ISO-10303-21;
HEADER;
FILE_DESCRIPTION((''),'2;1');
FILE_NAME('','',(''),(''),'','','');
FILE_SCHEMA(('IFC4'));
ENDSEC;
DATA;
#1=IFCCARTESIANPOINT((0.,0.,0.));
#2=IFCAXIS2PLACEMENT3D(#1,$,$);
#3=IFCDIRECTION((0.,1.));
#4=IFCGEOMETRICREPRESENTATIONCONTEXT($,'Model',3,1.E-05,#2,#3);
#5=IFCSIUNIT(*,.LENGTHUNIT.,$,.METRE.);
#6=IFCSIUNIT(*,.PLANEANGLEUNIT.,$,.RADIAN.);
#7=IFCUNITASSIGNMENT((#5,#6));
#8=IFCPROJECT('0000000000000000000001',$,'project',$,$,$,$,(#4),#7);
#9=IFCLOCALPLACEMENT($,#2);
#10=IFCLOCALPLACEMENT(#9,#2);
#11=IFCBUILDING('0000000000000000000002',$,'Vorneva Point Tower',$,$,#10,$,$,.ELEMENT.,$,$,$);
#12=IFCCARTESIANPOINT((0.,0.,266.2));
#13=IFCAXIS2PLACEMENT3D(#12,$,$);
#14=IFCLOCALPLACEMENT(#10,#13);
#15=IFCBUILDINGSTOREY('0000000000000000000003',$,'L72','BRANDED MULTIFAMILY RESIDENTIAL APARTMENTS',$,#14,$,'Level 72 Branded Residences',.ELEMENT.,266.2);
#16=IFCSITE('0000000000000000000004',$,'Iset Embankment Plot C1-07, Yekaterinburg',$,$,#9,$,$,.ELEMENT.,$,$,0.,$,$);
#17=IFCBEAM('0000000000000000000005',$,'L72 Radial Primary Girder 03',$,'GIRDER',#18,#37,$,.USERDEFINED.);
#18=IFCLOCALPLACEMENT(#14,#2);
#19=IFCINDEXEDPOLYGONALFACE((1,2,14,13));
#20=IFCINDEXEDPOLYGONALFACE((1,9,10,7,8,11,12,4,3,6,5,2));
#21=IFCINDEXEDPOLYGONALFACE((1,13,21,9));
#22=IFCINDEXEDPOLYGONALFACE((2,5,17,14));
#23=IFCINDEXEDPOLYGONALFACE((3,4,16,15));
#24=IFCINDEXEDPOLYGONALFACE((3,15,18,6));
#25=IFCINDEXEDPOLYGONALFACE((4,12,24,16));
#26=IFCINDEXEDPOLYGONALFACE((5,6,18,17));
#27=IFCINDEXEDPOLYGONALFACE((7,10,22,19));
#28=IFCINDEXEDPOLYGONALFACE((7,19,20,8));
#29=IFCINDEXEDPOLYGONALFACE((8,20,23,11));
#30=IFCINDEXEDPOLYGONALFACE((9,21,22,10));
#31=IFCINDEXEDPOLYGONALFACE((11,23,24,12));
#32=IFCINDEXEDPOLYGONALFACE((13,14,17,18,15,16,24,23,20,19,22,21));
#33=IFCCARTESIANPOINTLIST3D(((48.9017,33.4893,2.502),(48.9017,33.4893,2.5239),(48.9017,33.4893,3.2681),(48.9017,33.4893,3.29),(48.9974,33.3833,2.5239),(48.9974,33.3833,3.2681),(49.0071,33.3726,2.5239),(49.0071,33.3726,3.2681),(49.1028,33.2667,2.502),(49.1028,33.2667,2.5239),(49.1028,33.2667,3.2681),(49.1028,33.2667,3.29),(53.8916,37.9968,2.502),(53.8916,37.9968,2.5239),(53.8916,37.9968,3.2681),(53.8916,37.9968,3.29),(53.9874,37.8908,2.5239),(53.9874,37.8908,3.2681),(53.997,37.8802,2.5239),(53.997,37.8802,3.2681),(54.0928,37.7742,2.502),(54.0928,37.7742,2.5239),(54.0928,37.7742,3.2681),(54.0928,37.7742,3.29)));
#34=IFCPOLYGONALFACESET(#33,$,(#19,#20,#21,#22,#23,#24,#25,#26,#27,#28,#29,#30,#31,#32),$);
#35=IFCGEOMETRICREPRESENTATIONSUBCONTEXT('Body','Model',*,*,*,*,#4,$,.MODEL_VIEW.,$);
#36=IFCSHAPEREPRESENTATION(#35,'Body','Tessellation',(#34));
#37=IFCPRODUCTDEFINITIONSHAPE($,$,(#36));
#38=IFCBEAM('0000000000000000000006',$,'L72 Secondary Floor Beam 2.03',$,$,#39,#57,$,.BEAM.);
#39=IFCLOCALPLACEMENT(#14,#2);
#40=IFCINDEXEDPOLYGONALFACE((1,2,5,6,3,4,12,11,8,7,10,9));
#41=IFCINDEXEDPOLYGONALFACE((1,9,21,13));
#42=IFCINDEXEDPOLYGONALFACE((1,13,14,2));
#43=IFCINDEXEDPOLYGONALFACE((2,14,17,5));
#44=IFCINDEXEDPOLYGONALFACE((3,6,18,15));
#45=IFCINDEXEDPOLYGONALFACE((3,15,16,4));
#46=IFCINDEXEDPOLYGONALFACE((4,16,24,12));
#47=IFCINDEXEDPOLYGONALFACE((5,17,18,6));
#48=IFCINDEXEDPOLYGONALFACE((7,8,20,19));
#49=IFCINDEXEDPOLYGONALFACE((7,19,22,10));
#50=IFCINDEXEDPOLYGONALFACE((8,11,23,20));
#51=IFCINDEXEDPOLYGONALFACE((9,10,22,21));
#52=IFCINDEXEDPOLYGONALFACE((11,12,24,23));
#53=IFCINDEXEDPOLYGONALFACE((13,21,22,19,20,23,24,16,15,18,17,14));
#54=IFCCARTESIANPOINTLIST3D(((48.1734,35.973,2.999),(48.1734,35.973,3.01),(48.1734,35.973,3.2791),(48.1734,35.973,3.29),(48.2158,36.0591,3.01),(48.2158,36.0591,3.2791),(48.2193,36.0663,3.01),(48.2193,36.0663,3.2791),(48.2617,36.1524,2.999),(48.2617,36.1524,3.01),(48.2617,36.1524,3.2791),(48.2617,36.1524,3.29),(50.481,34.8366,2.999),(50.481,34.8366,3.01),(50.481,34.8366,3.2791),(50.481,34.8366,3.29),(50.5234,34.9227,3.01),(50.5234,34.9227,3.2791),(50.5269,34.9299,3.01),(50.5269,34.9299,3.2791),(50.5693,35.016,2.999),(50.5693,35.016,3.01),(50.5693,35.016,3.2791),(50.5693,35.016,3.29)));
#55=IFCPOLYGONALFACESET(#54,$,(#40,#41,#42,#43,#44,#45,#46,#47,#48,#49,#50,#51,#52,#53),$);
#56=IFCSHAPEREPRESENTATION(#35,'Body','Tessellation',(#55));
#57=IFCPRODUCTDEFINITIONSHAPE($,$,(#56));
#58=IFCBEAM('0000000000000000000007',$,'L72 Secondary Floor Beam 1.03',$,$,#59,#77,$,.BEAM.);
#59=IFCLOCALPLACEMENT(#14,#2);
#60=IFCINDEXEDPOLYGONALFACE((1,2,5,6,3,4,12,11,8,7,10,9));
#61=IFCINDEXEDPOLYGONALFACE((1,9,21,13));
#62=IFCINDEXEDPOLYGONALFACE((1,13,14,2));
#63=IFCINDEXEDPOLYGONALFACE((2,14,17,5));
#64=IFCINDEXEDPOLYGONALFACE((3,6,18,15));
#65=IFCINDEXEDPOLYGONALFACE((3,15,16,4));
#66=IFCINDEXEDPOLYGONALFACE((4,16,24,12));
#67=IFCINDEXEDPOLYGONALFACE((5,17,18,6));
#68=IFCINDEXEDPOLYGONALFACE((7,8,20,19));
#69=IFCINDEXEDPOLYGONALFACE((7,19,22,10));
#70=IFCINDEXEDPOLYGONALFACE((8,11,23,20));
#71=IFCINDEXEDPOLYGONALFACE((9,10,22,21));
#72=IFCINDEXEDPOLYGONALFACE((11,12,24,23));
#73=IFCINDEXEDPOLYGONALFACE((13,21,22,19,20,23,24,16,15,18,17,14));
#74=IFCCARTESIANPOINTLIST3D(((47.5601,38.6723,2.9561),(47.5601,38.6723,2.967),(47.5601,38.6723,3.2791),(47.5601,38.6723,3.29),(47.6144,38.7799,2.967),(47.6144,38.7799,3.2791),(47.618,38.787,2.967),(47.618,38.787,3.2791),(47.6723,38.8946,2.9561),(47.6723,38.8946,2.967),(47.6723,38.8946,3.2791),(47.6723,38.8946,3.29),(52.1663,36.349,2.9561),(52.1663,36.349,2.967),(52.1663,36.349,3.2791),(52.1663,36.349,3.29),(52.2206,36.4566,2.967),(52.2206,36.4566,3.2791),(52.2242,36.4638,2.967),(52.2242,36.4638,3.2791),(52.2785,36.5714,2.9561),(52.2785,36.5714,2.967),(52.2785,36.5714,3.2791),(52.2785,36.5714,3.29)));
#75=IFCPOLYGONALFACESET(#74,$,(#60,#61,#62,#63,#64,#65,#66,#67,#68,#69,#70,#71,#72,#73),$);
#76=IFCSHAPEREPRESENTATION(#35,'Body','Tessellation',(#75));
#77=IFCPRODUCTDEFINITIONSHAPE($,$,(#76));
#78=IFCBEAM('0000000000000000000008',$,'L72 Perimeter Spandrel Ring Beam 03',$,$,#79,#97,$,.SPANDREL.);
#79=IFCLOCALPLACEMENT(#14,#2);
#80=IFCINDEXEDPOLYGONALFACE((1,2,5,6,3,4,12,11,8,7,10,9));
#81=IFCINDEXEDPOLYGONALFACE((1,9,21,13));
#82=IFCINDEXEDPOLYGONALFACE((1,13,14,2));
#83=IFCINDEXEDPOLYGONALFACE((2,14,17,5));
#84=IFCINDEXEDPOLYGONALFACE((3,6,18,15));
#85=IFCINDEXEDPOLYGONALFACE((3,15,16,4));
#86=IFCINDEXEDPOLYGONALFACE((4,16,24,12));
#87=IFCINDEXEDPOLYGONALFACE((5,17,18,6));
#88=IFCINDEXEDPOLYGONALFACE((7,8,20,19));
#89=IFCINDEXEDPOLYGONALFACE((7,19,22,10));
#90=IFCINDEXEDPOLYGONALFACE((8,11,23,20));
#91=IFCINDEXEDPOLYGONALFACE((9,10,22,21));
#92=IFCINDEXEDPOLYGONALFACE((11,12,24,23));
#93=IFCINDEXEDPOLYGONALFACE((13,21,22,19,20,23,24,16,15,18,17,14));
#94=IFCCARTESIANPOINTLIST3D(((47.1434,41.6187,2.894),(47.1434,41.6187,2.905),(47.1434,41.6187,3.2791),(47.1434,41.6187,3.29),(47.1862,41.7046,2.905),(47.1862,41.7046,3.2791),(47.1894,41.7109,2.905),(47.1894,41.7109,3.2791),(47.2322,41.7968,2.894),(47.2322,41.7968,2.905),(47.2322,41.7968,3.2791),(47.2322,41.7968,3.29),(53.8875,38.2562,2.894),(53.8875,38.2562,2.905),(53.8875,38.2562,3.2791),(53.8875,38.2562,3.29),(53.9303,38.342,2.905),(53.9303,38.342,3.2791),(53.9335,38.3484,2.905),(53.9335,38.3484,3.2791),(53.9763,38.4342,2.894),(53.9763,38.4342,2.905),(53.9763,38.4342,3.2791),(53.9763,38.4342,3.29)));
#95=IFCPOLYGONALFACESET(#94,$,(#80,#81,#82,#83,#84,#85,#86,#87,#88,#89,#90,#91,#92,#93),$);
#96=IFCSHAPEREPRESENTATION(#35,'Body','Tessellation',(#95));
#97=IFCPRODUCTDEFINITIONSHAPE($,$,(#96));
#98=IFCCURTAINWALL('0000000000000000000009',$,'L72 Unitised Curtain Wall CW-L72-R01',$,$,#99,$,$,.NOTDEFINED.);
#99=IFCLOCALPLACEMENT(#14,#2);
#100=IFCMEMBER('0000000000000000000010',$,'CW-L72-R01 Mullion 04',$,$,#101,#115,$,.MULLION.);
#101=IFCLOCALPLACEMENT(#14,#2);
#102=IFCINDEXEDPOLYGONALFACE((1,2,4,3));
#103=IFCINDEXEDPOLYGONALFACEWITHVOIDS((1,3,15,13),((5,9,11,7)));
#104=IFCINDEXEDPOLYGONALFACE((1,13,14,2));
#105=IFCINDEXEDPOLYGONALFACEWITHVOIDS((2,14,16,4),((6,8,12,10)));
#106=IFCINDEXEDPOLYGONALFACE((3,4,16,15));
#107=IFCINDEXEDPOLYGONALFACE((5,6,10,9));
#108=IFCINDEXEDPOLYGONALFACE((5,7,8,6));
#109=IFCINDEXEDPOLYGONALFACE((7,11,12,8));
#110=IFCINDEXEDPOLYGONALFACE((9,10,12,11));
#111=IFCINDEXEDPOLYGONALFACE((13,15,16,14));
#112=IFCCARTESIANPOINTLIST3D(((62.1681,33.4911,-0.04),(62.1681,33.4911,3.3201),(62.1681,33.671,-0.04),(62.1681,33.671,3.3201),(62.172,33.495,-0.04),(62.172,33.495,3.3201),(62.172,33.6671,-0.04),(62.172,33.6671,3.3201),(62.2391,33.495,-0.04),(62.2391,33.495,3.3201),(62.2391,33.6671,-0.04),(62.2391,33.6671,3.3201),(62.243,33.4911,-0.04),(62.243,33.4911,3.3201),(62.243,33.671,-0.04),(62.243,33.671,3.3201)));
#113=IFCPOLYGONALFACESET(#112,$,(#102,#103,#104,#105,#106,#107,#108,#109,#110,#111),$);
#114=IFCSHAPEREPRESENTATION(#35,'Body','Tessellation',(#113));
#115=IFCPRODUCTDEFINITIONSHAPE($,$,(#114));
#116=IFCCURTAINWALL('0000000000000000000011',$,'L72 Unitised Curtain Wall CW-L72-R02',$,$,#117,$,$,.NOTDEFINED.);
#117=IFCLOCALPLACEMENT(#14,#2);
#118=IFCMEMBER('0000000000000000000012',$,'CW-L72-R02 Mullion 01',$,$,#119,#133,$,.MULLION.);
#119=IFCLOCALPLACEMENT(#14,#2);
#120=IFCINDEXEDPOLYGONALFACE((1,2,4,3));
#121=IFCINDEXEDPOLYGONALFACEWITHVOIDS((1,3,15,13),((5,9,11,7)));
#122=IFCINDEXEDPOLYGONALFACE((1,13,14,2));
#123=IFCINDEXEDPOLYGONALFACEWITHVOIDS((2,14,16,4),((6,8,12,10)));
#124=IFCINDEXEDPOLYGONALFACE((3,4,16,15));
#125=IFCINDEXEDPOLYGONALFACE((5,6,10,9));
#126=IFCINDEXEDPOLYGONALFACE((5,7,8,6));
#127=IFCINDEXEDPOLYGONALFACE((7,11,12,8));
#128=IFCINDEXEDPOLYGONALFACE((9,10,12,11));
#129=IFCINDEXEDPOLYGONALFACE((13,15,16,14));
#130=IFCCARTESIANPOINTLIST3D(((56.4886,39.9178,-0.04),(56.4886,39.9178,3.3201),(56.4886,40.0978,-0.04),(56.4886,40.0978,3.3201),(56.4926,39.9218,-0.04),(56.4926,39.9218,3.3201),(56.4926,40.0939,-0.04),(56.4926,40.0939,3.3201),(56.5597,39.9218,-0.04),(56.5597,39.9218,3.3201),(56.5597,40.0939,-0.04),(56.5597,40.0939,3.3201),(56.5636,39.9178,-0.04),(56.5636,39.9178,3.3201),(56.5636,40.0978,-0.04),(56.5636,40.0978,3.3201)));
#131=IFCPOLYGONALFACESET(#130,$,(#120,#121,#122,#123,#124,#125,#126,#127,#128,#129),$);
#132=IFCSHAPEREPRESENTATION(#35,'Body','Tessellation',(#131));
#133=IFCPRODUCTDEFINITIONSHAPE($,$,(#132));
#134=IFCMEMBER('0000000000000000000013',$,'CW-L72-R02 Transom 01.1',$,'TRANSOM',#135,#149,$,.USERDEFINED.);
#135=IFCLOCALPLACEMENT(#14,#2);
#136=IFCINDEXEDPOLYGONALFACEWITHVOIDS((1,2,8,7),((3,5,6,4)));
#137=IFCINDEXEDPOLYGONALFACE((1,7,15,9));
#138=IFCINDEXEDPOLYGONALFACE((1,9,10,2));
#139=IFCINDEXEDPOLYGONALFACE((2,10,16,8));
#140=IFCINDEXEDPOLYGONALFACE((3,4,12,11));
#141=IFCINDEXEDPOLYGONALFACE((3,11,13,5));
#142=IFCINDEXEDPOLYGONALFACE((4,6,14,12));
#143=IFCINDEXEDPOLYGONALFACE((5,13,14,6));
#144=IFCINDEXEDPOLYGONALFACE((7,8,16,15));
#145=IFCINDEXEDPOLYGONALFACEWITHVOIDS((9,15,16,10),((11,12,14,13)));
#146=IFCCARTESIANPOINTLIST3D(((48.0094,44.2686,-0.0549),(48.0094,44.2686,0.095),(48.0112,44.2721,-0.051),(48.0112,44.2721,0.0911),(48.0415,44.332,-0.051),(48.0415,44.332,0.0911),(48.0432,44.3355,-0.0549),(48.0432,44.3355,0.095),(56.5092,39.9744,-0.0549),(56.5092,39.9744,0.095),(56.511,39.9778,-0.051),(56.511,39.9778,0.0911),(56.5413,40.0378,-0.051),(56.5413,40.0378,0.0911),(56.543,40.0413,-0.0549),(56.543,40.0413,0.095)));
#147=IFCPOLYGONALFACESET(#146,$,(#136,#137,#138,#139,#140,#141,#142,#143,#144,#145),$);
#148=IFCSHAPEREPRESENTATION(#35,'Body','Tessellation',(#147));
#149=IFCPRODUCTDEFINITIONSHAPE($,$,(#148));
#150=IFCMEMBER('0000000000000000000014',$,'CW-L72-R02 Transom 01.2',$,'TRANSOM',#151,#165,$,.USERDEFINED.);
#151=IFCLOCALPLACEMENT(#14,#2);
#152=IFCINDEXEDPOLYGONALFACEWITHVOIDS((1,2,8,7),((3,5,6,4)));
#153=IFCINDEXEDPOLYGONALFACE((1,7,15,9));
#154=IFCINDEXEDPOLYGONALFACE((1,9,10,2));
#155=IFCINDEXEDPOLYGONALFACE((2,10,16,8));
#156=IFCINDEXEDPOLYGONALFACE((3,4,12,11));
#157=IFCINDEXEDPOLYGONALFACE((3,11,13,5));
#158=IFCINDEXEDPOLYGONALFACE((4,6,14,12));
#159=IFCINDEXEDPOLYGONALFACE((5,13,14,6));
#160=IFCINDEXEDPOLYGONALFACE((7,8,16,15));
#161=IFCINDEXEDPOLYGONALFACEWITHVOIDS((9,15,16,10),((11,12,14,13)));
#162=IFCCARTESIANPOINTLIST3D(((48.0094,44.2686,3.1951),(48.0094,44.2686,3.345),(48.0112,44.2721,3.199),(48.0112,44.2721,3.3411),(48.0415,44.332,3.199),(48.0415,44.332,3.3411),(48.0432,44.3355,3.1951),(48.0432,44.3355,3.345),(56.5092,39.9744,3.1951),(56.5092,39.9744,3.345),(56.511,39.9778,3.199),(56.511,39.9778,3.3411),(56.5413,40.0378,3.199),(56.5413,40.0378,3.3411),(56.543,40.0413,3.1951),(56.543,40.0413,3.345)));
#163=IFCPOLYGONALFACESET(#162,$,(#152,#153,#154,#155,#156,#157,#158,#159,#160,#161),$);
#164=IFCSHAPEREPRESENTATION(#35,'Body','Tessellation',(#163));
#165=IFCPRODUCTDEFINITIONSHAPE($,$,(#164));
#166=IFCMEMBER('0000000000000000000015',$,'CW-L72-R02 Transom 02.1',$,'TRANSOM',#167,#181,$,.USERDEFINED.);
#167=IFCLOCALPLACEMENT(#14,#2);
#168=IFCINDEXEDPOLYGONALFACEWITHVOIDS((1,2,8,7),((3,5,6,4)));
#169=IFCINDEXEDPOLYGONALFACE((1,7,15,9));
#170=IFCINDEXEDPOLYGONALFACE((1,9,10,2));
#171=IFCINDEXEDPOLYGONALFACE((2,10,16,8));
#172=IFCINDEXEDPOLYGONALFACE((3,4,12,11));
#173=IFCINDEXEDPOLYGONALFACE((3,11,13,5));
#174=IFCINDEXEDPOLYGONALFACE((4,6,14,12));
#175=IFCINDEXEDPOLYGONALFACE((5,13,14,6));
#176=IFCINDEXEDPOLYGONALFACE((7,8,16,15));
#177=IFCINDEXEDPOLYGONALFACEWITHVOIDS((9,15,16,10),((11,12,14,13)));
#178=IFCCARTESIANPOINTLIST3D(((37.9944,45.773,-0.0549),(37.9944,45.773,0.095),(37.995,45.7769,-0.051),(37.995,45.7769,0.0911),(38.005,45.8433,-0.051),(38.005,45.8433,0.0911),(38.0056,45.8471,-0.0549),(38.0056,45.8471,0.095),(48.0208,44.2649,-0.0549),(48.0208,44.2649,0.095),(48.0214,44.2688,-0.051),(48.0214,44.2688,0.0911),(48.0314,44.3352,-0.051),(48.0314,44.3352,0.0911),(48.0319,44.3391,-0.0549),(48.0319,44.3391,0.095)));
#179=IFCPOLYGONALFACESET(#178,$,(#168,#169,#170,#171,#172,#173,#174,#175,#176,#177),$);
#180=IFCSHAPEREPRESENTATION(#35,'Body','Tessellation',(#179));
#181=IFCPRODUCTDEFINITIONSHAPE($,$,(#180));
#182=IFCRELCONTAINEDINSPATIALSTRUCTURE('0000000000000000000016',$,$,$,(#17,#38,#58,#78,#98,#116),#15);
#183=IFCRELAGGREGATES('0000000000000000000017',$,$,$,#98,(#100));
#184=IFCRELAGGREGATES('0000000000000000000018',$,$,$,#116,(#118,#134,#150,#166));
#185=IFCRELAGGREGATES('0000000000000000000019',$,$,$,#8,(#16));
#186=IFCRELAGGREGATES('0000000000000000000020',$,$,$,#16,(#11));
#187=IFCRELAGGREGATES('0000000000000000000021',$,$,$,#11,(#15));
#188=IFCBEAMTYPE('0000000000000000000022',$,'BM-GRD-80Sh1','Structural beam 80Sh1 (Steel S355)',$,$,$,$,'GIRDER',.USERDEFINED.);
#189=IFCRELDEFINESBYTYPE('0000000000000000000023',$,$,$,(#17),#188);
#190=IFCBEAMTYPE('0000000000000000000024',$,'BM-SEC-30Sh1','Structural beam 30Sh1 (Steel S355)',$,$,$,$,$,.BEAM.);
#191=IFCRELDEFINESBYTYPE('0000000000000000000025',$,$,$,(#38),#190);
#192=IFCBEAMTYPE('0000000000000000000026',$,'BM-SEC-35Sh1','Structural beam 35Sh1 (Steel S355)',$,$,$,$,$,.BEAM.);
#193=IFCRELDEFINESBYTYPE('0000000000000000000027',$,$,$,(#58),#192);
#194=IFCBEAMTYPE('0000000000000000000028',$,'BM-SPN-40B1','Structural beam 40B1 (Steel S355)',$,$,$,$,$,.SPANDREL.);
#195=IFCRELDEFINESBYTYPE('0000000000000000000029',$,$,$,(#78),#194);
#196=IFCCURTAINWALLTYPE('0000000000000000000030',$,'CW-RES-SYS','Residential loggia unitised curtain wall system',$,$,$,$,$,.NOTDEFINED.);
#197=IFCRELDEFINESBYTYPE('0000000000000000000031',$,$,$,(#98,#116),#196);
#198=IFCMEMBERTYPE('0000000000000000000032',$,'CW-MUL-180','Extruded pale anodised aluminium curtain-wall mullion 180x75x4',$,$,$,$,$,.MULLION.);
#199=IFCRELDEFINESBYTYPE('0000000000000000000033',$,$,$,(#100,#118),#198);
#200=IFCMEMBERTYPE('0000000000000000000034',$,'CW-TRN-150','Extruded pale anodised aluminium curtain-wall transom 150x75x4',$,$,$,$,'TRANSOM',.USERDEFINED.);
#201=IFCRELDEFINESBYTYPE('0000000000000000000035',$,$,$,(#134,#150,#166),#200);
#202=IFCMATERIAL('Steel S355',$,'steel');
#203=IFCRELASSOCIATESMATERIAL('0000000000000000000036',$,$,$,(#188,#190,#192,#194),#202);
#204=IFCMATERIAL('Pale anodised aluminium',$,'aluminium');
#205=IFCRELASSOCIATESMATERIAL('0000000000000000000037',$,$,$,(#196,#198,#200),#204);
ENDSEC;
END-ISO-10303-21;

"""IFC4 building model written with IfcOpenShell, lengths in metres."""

from ifc_helpers import new_model, si_unit, direction, frame, origin, origin_2d, place, context, subcontext, project, spatial, hollow_rectangle, i_section, extrude, material, material_profile, profile_set, type_object, element, aggregate, save


model = new_model("IFC4")

# Units and contexts
model_context = context("Model", 3, precision=1e-05, world=origin(), true_north=direction((0.0, 1.0)))
body_context = subcontext(model_context, "Body", "Model", "MODEL_VIEW")
ifc_project = project(units=[si_unit("LENGTHUNIT", "METRE"), si_unit("PLANEANGLEUNIT", "RADIAN")], contexts=[model_context])

# Site, building, storey
site_placement = place(None, origin())
site = spatial("IfcSite", under=ifc_project, at=site_placement, Name="Iset Embankment Plot C1-07, Yekaterinburg", CompositionType="ELEMENT", RefElevation=0.0)
building_placement = place(site_placement, origin())
building = spatial("IfcBuilding", under=site, at=building_placement, Name="Vorneva Point Tower", CompositionType="ELEMENT")
storey_placement = place(building_placement, frame((0.0, 0.0, 266.2)))
storey = spatial("IfcBuildingStorey", under=building, at=storey_placement, Name="L72", Description="BRANDED MULTIFAMILY RESIDENTIAL APARTMENTS", LongName="Level 72 Branded Residences", CompositionType="ELEMENT", Elevation=266.2)

# Beams
ifc_material_1 = material(Name="Steel S355", Category="steel")
ifc_material_profile_1 = material_profile(ifc_material_1, i_section(OverallWidth=0.3, OverallDepth=0.7881, WebThickness=0.0144, FlangeThickness=0.022, at=origin_2d()), Name="80Sh1")
ifc_profile_set_1 = profile_set([ifc_material_profile_1], Name="Steel S355")
beam_type_1 = type_object("IfcBeamType", Name="BM-GRD-80Sh1", Description="Structural beam 80Sh1 (Steel S355)", ElementType="GIRDER", PredefinedType="USERDEFINED", material=ifc_profile_set_1)
beam_1_placement = place(storey_placement, frame((53.9922, 37.8855, 2.896), z_axis=(-0.742067, -0.670326, 0.0), x_axis=(0.670326, -0.742067, 0.0)))
element("IfcBeam", 1, at=beam_1_placement, inside=storey, type_object=beam_type_1, Name="L72 Radial Primary Girder 03", ObjectType="GIRDER", PredefinedType="USERDEFINED", context=body_context, shape_type="SweptSolid", body=[
    extrude(i_section(OverallWidth=0.3, OverallDepth=0.7881, WebThickness=0.0144, FlangeThickness=0.022, at=origin_2d()), origin(), (0.0, 0.0, 1.0), 6.7244),
])
ifc_material_profile_2 = material_profile(ifc_material_1, i_section(OverallWidth=0.2, OverallDepth=0.291, WebThickness=0.0081, FlangeThickness=0.011, at=origin_2d()), Name="30Sh1")
ifc_profile_set_2 = profile_set([ifc_material_profile_2], Name="Steel S355")
beam_type_2 = type_object("IfcBeamType", Name="BM-SEC-30Sh1", Description="Structural beam 30Sh1 (Steel S355)", PredefinedType="BEAM", material=ifc_profile_set_2)
beam_2_placement = place(storey_placement, frame((50.5251, 34.9263, 3.1445), z_axis=(-0.897106, 0.441814, 0.0), x_axis=(-0.441814, -0.897106, 0.0)))
element("IfcBeam", 2, at=beam_2_placement, inside=storey, type_object=beam_type_2, Name="L72 Secondary Floor Beam 2.03", PredefinedType="BEAM", context=body_context, shape_type="SweptSolid", body=[
    extrude(i_section(OverallWidth=0.2, OverallDepth=0.291, WebThickness=0.0081, FlangeThickness=0.011, at=origin_2d()), origin(), (0.0, 0.0, 1.0), 2.5723),
])
ifc_material_profile_3 = material_profile(ifc_material_1, i_section(OverallWidth=0.249, OverallDepth=0.334, WebThickness=0.0081, FlangeThickness=0.011, at=origin_2d()), Name="35Sh1")
ifc_profile_set_3 = profile_set([ifc_material_profile_3], Name="Steel S355")
beam_type_3 = type_object("IfcBeamType", Name="BM-SEC-35Sh1", Description="Structural beam 35Sh1 (Steel S355)", PredefinedType="BEAM", material=ifc_profile_set_3)
beam_3_placement = place(storey_placement, frame((52.2224, 36.4602, 3.123), z_axis=(-0.89286, 0.450334, 0.0), x_axis=(-0.450334, -0.89286, 0.0)))
element("IfcBeam", 3, at=beam_3_placement, inside=storey, type_object=beam_type_3, Name="L72 Secondary Floor Beam 1.03", PredefinedType="BEAM", context=body_context, shape_type="SweptSolid", body=[
    extrude(i_section(OverallWidth=0.249, OverallDepth=0.334, WebThickness=0.0081, FlangeThickness=0.011, at=origin_2d()), origin(), (0.0, 0.0, 1.0), 5.1589),
])
ifc_material_profile_4 = material_profile(ifc_material_1, i_section(OverallWidth=0.199, OverallDepth=0.396, WebThickness=0.0071, FlangeThickness=0.011, at=origin_2d()), Name="40B1")
ifc_profile_set_4 = profile_set([ifc_material_profile_4], Name="Steel S355")
beam_type_4 = type_object("IfcBeamType", Name="BM-SPN-40B1", Description="Structural beam 40B1 (Steel S355)", PredefinedType="SPANDREL", material=ifc_profile_set_4)
beam_4_placement = place(storey_placement, frame((53.9319, 38.3452, 3.092), z_axis=(-0.894932, 0.446203, 0.0), x_axis=(-0.446203, -0.894932, 0.0)))
element("IfcBeam", 4, at=beam_4_placement, inside=storey, type_object=beam_type_4, Name="L72 Perimeter Spandrel Ring Beam 03", PredefinedType="SPANDREL", context=body_context, shape_type="SweptSolid", body=[
    extrude(i_section(OverallWidth=0.199, OverallDepth=0.396, WebThickness=0.0071, FlangeThickness=0.011, at=origin_2d()), origin(), (0.0, 0.0, 1.0), 7.5359),
])

# Curtain wall, member
ifc_material_2 = material(Name="Pale anodised aluminium", Category="aluminium")
curtain_wall_type = type_object("IfcCurtainWallType", Name="CW-RES-SYS", Description="Residential loggia unitised curtain wall system", PredefinedType="NOTDEFINED", material=ifc_material_2)
curtain_wall_1_placement = place(storey_placement, origin())
curtain_wall_1 = element("IfcCurtainWall", 5, at=curtain_wall_1_placement, inside=storey, type_object=curtain_wall_type, Name="L72 Unitised Curtain Wall CW-L72-R01", PredefinedType="NOTDEFINED")
ifc_material_profile_5 = material_profile(ifc_material_2, hollow_rectangle(XDim=0.075, YDim=0.1799, WallThickness=0.0039, at=origin_2d()), Name="AL-MUL 180x75x4")
ifc_profile_set_5 = profile_set([ifc_material_profile_5], Name="Pale anodised aluminium")
member_type_1 = type_object("IfcMemberType", Name="CW-MUL-180", Description="Extruded pale anodised aluminium curtain-wall mullion 180x75x4", PredefinedType="MULLION", material=ifc_profile_set_5)
member_1_placement = place(storey_placement, frame((62.2056, 33.5811, -0.04), z_axis=(0.0, 0.0, 1.0), x_axis=(1.0, 0.0, 0.0)))
member_1 = element("IfcMember", 6, at=member_1_placement, type_object=member_type_1, Name="CW-L72-R01 Mullion 04", PredefinedType="MULLION", context=body_context, shape_type="SweptSolid", body=[
    extrude(hollow_rectangle(XDim=0.075, YDim=0.1799, WallThickness=0.0039, at=origin_2d()), origin(), (0.0, 0.0, 1.0), 3.3601),
])
aggregate(curtain_wall_1, [member_1])

# Curtain wall, members
curtain_wall_2_placement = place(storey_placement, origin())
curtain_wall_2 = element("IfcCurtainWall", 7, at=curtain_wall_2_placement, inside=storey, type_object=curtain_wall_type, Name="L72 Unitised Curtain Wall CW-L72-R02", PredefinedType="NOTDEFINED")
member_2_placement = place(storey_placement, frame((56.5261, 40.0078, -0.04), z_axis=(0.0, 0.0, 1.0), x_axis=(1.0, 0.0, 0.0)))
member_2 = element("IfcMember", 8, at=member_2_placement, type_object=member_type_1, Name="CW-L72-R02 Mullion 01", PredefinedType="MULLION", context=body_context, shape_type="SweptSolid", body=[
    extrude(hollow_rectangle(XDim=0.075, YDim=0.1799, WallThickness=0.0039, at=origin_2d()), origin(), (0.0, 0.0, 1.0), 3.3601),
])
ifc_material_profile_6 = material_profile(ifc_material_2, hollow_rectangle(XDim=0.075, YDim=0.1499, WallThickness=0.0039, at=origin_2d()), Name="AL-TRN 150x75x4")
ifc_profile_set_6 = profile_set([ifc_material_profile_6], Name="Pale anodised aluminium")
member_type_2 = type_object("IfcMemberType", Name="CW-TRN-150", Description="Extruded pale anodised aluminium curtain-wall transom 150x75x4", ElementType="TRANSOM", PredefinedType="USERDEFINED", material=ifc_profile_set_6)
member_3_placement = place(storey_placement, frame((56.5261, 40.0078, 0.02), z_axis=(-0.892558, 0.450932, 0.0), x_axis=(-0.450932, -0.892558, 0.0)))
member_3 = element("IfcMember", 9, at=member_3_placement, type_object=member_type_2, Name="CW-L72-R02 Transom 01.1", ObjectType="TRANSOM", PredefinedType="USERDEFINED", context=body_context, shape_type="SweptSolid", body=[
    extrude(hollow_rectangle(XDim=0.075, YDim=0.1499, WallThickness=0.0039, at=origin_2d()), origin(), (0.0, 0.0, 1.0), 9.5229),
])
member_4_placement = place(storey_placement, frame((56.5261, 40.0078, 3.27), z_axis=(-0.892558, 0.450932, 0.0), x_axis=(-0.450932, -0.892558, 0.0)))
member_4 = element("IfcMember", 10, at=member_4_placement, type_object=member_type_2, Name="CW-L72-R02 Transom 01.2", ObjectType="TRANSOM", PredefinedType="USERDEFINED", context=body_context, shape_type="SweptSolid", body=[
    extrude(hollow_rectangle(XDim=0.075, YDim=0.1499, WallThickness=0.0039, at=origin_2d()), origin(), (0.0, 0.0, 1.0), 9.5229),
])
member_5_placement = place(storey_placement, frame((48.0264, 44.302, 0.02), z_axis=(-0.988877, 0.148736, 0.0), x_axis=(-0.148736, -0.988877, 0.0)))
member_5 = element("IfcMember", 11, at=member_5_placement, type_object=member_type_2, Name="CW-L72-R02 Transom 02.1", ObjectType="TRANSOM", PredefinedType="USERDEFINED", context=body_context, shape_type="SweptSolid", body=[
    extrude(hollow_rectangle(XDim=0.075, YDim=0.1499, WallThickness=0.0039, at=origin_2d()), origin(), (0.0, 0.0, 1.0), 10.1392),
])
aggregate(curtain_wall_2, [member_2, member_3, member_4, member_5])

save(model, "model.ifc")
